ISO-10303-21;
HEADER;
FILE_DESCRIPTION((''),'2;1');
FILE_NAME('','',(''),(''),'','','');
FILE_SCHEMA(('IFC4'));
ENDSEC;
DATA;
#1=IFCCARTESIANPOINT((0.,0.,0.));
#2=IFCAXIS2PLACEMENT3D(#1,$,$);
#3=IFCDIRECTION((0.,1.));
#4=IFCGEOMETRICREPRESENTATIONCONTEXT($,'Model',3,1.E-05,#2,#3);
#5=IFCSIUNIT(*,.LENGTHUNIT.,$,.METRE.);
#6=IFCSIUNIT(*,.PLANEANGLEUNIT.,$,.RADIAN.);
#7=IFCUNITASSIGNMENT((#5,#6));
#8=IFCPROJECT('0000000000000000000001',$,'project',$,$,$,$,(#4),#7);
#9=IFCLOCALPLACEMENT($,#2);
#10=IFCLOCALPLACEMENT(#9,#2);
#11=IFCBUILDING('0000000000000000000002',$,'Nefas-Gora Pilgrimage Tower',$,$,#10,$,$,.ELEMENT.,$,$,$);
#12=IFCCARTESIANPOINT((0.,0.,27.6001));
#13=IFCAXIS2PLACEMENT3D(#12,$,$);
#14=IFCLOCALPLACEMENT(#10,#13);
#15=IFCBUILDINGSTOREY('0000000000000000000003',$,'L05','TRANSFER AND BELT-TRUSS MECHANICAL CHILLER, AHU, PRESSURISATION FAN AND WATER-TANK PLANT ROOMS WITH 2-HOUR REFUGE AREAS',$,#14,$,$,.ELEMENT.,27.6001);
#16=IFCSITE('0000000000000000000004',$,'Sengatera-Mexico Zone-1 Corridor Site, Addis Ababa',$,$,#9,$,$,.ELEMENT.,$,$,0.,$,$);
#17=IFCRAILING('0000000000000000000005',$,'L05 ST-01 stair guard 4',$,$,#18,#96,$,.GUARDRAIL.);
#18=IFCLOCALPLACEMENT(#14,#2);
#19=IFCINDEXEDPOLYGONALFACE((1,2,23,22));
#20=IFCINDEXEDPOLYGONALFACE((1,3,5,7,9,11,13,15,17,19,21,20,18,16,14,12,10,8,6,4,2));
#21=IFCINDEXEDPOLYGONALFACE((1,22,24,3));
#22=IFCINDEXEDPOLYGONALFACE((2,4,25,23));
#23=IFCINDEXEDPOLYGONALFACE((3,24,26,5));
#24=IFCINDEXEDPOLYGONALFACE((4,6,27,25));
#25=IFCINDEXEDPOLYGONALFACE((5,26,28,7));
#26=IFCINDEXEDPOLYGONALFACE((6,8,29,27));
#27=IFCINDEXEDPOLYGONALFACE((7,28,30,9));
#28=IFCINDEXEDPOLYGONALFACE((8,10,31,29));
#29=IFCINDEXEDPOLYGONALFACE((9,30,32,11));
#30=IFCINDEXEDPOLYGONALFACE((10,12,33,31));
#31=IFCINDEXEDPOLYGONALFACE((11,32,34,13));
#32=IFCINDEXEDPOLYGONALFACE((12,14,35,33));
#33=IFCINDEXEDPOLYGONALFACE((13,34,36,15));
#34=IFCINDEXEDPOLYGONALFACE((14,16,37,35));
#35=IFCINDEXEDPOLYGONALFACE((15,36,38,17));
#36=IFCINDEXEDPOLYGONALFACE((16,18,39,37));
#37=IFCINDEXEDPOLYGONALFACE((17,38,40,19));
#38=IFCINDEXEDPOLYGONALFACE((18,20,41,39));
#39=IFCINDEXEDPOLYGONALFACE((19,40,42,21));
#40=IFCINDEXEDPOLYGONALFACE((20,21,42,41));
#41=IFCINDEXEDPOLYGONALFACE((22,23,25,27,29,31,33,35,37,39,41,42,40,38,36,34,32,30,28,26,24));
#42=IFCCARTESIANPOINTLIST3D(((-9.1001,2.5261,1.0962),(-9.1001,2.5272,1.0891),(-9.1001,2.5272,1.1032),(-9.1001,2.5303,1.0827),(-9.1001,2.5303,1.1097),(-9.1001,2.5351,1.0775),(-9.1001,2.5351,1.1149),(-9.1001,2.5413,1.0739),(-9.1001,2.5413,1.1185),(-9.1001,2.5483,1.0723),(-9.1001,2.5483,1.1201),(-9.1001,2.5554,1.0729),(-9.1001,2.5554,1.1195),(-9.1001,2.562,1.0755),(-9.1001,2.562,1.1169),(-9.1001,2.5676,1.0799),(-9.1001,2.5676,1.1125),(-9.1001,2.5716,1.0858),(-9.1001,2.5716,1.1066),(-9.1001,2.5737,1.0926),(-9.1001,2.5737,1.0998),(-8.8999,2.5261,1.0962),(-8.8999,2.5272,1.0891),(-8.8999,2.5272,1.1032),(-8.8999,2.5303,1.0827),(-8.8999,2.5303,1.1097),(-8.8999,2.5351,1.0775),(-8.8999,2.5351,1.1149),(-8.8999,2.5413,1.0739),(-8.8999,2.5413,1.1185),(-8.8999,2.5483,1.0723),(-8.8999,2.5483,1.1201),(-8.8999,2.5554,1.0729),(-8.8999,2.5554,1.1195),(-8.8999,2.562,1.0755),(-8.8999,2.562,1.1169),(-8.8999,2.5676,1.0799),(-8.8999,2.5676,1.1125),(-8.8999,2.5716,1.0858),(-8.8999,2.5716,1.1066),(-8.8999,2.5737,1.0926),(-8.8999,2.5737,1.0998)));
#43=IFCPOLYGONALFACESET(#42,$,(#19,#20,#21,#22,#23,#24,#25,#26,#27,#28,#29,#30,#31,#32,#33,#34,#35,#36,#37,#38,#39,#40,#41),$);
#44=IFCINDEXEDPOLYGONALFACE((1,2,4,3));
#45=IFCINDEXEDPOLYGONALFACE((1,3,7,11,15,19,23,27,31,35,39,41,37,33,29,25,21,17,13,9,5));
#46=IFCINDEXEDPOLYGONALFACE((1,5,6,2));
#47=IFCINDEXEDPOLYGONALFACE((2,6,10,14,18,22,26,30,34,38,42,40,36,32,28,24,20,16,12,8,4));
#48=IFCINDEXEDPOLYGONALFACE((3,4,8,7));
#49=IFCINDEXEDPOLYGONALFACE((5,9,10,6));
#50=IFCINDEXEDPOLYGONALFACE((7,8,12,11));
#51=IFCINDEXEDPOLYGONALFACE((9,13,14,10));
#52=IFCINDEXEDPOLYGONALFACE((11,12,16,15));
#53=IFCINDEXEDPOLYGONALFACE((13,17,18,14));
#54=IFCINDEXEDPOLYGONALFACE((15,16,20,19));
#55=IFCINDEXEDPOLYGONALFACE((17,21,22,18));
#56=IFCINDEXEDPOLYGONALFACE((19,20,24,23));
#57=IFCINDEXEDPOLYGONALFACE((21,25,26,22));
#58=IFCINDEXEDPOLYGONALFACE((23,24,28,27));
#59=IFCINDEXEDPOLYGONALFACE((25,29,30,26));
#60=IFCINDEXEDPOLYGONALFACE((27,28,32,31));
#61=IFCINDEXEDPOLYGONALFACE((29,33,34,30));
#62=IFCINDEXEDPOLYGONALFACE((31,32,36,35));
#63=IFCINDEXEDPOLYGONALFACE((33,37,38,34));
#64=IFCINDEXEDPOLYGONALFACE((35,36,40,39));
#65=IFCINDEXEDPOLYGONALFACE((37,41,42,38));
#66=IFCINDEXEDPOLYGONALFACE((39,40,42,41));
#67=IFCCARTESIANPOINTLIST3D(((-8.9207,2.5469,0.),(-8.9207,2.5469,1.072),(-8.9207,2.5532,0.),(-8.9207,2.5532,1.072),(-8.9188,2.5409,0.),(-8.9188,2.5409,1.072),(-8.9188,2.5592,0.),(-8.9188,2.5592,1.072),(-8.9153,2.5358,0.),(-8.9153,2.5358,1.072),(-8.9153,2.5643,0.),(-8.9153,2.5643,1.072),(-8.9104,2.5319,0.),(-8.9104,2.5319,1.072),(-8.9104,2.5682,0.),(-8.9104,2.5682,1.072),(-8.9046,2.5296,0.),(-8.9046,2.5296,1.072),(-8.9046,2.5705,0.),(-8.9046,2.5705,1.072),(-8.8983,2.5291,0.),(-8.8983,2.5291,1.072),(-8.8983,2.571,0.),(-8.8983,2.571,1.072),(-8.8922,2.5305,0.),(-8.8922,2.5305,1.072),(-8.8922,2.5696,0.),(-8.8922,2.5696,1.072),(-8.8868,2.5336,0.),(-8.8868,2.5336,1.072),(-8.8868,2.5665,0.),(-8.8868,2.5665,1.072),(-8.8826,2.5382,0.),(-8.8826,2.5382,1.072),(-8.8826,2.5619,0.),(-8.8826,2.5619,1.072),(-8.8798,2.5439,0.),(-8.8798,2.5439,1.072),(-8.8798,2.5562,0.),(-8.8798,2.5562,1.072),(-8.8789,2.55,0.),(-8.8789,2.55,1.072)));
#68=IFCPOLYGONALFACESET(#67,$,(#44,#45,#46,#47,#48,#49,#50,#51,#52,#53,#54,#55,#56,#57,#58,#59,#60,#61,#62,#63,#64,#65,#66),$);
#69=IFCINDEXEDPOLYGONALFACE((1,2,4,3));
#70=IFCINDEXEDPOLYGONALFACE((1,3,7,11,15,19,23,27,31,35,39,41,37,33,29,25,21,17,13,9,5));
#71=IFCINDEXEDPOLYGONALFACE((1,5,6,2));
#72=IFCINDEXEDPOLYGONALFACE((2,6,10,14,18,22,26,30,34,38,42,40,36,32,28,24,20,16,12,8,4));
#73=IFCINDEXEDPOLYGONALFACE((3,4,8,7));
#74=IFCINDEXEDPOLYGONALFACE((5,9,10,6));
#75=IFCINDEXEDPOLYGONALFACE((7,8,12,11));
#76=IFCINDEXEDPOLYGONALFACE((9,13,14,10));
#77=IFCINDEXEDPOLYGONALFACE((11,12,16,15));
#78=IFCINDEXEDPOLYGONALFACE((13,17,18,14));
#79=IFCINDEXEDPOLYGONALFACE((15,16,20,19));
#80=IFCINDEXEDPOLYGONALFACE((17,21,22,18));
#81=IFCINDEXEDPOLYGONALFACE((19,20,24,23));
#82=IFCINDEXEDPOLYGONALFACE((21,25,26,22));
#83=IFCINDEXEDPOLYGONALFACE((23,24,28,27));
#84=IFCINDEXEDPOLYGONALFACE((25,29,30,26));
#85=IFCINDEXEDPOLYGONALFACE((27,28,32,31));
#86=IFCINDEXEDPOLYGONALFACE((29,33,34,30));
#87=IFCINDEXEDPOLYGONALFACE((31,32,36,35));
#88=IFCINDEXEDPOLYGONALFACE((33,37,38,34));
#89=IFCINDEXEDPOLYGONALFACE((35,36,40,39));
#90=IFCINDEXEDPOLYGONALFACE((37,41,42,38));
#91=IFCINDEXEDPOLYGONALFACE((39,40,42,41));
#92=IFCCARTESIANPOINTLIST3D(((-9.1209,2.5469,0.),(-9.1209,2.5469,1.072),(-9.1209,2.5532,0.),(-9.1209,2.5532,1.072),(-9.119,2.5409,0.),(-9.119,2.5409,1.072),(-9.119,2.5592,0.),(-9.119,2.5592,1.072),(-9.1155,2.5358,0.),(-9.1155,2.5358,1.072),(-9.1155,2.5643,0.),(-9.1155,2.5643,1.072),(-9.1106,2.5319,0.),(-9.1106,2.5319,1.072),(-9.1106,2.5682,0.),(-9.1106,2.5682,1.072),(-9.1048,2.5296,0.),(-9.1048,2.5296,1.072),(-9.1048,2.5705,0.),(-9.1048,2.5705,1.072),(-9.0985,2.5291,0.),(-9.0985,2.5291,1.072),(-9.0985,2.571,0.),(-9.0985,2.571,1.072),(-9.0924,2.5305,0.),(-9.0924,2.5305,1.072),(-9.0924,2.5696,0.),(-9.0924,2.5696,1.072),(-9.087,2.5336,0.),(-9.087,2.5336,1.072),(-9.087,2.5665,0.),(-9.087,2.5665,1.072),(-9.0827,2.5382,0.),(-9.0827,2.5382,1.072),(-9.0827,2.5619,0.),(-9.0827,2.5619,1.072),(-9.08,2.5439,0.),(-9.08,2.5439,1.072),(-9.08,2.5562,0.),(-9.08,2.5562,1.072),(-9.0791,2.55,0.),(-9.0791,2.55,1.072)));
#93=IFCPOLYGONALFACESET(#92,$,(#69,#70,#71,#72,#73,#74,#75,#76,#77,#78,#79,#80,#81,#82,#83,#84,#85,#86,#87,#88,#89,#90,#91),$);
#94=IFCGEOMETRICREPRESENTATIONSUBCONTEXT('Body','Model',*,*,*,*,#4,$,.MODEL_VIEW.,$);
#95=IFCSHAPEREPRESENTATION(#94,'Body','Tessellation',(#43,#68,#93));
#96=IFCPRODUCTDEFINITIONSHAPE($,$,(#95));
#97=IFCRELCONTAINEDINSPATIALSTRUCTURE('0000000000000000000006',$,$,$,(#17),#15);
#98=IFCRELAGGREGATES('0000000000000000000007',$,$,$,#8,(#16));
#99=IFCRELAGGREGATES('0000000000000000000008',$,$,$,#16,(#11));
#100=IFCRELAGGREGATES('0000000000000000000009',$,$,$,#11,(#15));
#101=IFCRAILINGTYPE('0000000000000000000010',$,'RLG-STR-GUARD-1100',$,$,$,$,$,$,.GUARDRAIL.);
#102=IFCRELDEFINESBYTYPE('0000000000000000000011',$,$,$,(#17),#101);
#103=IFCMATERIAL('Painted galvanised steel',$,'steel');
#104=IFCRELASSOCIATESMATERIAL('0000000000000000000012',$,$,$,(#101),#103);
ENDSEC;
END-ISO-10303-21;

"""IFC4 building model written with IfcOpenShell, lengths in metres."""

from ifc_helpers import new_model, si_unit, direction, frame, origin, origin_2d, place, context, subcontext, project, spatial, circle, extrude, material, type_object, element, save


model = new_model("IFC4")

# Units and contexts
model_context = context("Model", 3, precision=1e-05, world=origin(), true_north=direction((0.0, 1.0)))
body_context = subcontext(model_context, "Body", "Model", "MODEL_VIEW")
ifc_project = project(units=[si_unit("LENGTHUNIT", "METRE"), si_unit("PLANEANGLEUNIT", "RADIAN")], contexts=[model_context])

# Site, building, storey
site_placement = place(None, origin())
site = spatial("IfcSite", under=ifc_project, at=site_placement, Name="Sengatera-Mexico Zone-1 Corridor Site, Addis Ababa", CompositionType="ELEMENT", RefElevation=0.0)
building_placement = place(site_placement, origin())
building = spatial("IfcBuilding", under=site, at=building_placement, Name="Nefas-Gora Pilgrimage Tower", CompositionType="ELEMENT")
storey_placement = place(building_placement, frame((0.0, 0.0, 27.6001)))
storey = spatial("IfcBuildingStorey", under=building, at=storey_placement, Name="L05", Description="TRANSFER AND BELT-TRUSS MECHANICAL CHILLER, AHU, PRESSURISATION FAN AND WATER-TANK PLANT ROOMS WITH 2-HOUR REFUGE AREAS", CompositionType="ELEMENT", Elevation=27.6001)

# Railing
ifc_material_1 = material(Name="Painted galvanised steel", Category="steel")
railing_type_1 = type_object("IfcRailingType", Name="RLG-STR-GUARD-1100", PredefinedType="GUARDRAIL", material=ifc_material_1)
railing_1_placement = place(storey_placement, frame((-8.8999, 2.55, 0.0)))
element("IfcRailing", 1, at=railing_1_placement, inside=storey, type_object=railing_type_1, Name="L05 ST-01 stair guard 4", PredefinedType="GUARDRAIL", context=body_context, shape_type="SweptSolid", body=[
    extrude(circle(Radius=0.0239, at=origin_2d()), frame((0.0, 0.0, 1.0962), z_axis=(-1.0, 0.0, 0.0), x_axis=(0.0, -1.0, 0.0)), (0.0, 0.0, 1.0), 0.2002),
    extrude(circle(Radius=0.021, at=origin_2d()), origin(), (0.0, 0.0, 1.0), 1.072),
    extrude(circle(Radius=0.021, at=origin_2d()), frame((-0.2002, 0.0, 0.0)), (0.0, 0.0, 1.0), 1.072),
])

save(model, "model.ifc")
